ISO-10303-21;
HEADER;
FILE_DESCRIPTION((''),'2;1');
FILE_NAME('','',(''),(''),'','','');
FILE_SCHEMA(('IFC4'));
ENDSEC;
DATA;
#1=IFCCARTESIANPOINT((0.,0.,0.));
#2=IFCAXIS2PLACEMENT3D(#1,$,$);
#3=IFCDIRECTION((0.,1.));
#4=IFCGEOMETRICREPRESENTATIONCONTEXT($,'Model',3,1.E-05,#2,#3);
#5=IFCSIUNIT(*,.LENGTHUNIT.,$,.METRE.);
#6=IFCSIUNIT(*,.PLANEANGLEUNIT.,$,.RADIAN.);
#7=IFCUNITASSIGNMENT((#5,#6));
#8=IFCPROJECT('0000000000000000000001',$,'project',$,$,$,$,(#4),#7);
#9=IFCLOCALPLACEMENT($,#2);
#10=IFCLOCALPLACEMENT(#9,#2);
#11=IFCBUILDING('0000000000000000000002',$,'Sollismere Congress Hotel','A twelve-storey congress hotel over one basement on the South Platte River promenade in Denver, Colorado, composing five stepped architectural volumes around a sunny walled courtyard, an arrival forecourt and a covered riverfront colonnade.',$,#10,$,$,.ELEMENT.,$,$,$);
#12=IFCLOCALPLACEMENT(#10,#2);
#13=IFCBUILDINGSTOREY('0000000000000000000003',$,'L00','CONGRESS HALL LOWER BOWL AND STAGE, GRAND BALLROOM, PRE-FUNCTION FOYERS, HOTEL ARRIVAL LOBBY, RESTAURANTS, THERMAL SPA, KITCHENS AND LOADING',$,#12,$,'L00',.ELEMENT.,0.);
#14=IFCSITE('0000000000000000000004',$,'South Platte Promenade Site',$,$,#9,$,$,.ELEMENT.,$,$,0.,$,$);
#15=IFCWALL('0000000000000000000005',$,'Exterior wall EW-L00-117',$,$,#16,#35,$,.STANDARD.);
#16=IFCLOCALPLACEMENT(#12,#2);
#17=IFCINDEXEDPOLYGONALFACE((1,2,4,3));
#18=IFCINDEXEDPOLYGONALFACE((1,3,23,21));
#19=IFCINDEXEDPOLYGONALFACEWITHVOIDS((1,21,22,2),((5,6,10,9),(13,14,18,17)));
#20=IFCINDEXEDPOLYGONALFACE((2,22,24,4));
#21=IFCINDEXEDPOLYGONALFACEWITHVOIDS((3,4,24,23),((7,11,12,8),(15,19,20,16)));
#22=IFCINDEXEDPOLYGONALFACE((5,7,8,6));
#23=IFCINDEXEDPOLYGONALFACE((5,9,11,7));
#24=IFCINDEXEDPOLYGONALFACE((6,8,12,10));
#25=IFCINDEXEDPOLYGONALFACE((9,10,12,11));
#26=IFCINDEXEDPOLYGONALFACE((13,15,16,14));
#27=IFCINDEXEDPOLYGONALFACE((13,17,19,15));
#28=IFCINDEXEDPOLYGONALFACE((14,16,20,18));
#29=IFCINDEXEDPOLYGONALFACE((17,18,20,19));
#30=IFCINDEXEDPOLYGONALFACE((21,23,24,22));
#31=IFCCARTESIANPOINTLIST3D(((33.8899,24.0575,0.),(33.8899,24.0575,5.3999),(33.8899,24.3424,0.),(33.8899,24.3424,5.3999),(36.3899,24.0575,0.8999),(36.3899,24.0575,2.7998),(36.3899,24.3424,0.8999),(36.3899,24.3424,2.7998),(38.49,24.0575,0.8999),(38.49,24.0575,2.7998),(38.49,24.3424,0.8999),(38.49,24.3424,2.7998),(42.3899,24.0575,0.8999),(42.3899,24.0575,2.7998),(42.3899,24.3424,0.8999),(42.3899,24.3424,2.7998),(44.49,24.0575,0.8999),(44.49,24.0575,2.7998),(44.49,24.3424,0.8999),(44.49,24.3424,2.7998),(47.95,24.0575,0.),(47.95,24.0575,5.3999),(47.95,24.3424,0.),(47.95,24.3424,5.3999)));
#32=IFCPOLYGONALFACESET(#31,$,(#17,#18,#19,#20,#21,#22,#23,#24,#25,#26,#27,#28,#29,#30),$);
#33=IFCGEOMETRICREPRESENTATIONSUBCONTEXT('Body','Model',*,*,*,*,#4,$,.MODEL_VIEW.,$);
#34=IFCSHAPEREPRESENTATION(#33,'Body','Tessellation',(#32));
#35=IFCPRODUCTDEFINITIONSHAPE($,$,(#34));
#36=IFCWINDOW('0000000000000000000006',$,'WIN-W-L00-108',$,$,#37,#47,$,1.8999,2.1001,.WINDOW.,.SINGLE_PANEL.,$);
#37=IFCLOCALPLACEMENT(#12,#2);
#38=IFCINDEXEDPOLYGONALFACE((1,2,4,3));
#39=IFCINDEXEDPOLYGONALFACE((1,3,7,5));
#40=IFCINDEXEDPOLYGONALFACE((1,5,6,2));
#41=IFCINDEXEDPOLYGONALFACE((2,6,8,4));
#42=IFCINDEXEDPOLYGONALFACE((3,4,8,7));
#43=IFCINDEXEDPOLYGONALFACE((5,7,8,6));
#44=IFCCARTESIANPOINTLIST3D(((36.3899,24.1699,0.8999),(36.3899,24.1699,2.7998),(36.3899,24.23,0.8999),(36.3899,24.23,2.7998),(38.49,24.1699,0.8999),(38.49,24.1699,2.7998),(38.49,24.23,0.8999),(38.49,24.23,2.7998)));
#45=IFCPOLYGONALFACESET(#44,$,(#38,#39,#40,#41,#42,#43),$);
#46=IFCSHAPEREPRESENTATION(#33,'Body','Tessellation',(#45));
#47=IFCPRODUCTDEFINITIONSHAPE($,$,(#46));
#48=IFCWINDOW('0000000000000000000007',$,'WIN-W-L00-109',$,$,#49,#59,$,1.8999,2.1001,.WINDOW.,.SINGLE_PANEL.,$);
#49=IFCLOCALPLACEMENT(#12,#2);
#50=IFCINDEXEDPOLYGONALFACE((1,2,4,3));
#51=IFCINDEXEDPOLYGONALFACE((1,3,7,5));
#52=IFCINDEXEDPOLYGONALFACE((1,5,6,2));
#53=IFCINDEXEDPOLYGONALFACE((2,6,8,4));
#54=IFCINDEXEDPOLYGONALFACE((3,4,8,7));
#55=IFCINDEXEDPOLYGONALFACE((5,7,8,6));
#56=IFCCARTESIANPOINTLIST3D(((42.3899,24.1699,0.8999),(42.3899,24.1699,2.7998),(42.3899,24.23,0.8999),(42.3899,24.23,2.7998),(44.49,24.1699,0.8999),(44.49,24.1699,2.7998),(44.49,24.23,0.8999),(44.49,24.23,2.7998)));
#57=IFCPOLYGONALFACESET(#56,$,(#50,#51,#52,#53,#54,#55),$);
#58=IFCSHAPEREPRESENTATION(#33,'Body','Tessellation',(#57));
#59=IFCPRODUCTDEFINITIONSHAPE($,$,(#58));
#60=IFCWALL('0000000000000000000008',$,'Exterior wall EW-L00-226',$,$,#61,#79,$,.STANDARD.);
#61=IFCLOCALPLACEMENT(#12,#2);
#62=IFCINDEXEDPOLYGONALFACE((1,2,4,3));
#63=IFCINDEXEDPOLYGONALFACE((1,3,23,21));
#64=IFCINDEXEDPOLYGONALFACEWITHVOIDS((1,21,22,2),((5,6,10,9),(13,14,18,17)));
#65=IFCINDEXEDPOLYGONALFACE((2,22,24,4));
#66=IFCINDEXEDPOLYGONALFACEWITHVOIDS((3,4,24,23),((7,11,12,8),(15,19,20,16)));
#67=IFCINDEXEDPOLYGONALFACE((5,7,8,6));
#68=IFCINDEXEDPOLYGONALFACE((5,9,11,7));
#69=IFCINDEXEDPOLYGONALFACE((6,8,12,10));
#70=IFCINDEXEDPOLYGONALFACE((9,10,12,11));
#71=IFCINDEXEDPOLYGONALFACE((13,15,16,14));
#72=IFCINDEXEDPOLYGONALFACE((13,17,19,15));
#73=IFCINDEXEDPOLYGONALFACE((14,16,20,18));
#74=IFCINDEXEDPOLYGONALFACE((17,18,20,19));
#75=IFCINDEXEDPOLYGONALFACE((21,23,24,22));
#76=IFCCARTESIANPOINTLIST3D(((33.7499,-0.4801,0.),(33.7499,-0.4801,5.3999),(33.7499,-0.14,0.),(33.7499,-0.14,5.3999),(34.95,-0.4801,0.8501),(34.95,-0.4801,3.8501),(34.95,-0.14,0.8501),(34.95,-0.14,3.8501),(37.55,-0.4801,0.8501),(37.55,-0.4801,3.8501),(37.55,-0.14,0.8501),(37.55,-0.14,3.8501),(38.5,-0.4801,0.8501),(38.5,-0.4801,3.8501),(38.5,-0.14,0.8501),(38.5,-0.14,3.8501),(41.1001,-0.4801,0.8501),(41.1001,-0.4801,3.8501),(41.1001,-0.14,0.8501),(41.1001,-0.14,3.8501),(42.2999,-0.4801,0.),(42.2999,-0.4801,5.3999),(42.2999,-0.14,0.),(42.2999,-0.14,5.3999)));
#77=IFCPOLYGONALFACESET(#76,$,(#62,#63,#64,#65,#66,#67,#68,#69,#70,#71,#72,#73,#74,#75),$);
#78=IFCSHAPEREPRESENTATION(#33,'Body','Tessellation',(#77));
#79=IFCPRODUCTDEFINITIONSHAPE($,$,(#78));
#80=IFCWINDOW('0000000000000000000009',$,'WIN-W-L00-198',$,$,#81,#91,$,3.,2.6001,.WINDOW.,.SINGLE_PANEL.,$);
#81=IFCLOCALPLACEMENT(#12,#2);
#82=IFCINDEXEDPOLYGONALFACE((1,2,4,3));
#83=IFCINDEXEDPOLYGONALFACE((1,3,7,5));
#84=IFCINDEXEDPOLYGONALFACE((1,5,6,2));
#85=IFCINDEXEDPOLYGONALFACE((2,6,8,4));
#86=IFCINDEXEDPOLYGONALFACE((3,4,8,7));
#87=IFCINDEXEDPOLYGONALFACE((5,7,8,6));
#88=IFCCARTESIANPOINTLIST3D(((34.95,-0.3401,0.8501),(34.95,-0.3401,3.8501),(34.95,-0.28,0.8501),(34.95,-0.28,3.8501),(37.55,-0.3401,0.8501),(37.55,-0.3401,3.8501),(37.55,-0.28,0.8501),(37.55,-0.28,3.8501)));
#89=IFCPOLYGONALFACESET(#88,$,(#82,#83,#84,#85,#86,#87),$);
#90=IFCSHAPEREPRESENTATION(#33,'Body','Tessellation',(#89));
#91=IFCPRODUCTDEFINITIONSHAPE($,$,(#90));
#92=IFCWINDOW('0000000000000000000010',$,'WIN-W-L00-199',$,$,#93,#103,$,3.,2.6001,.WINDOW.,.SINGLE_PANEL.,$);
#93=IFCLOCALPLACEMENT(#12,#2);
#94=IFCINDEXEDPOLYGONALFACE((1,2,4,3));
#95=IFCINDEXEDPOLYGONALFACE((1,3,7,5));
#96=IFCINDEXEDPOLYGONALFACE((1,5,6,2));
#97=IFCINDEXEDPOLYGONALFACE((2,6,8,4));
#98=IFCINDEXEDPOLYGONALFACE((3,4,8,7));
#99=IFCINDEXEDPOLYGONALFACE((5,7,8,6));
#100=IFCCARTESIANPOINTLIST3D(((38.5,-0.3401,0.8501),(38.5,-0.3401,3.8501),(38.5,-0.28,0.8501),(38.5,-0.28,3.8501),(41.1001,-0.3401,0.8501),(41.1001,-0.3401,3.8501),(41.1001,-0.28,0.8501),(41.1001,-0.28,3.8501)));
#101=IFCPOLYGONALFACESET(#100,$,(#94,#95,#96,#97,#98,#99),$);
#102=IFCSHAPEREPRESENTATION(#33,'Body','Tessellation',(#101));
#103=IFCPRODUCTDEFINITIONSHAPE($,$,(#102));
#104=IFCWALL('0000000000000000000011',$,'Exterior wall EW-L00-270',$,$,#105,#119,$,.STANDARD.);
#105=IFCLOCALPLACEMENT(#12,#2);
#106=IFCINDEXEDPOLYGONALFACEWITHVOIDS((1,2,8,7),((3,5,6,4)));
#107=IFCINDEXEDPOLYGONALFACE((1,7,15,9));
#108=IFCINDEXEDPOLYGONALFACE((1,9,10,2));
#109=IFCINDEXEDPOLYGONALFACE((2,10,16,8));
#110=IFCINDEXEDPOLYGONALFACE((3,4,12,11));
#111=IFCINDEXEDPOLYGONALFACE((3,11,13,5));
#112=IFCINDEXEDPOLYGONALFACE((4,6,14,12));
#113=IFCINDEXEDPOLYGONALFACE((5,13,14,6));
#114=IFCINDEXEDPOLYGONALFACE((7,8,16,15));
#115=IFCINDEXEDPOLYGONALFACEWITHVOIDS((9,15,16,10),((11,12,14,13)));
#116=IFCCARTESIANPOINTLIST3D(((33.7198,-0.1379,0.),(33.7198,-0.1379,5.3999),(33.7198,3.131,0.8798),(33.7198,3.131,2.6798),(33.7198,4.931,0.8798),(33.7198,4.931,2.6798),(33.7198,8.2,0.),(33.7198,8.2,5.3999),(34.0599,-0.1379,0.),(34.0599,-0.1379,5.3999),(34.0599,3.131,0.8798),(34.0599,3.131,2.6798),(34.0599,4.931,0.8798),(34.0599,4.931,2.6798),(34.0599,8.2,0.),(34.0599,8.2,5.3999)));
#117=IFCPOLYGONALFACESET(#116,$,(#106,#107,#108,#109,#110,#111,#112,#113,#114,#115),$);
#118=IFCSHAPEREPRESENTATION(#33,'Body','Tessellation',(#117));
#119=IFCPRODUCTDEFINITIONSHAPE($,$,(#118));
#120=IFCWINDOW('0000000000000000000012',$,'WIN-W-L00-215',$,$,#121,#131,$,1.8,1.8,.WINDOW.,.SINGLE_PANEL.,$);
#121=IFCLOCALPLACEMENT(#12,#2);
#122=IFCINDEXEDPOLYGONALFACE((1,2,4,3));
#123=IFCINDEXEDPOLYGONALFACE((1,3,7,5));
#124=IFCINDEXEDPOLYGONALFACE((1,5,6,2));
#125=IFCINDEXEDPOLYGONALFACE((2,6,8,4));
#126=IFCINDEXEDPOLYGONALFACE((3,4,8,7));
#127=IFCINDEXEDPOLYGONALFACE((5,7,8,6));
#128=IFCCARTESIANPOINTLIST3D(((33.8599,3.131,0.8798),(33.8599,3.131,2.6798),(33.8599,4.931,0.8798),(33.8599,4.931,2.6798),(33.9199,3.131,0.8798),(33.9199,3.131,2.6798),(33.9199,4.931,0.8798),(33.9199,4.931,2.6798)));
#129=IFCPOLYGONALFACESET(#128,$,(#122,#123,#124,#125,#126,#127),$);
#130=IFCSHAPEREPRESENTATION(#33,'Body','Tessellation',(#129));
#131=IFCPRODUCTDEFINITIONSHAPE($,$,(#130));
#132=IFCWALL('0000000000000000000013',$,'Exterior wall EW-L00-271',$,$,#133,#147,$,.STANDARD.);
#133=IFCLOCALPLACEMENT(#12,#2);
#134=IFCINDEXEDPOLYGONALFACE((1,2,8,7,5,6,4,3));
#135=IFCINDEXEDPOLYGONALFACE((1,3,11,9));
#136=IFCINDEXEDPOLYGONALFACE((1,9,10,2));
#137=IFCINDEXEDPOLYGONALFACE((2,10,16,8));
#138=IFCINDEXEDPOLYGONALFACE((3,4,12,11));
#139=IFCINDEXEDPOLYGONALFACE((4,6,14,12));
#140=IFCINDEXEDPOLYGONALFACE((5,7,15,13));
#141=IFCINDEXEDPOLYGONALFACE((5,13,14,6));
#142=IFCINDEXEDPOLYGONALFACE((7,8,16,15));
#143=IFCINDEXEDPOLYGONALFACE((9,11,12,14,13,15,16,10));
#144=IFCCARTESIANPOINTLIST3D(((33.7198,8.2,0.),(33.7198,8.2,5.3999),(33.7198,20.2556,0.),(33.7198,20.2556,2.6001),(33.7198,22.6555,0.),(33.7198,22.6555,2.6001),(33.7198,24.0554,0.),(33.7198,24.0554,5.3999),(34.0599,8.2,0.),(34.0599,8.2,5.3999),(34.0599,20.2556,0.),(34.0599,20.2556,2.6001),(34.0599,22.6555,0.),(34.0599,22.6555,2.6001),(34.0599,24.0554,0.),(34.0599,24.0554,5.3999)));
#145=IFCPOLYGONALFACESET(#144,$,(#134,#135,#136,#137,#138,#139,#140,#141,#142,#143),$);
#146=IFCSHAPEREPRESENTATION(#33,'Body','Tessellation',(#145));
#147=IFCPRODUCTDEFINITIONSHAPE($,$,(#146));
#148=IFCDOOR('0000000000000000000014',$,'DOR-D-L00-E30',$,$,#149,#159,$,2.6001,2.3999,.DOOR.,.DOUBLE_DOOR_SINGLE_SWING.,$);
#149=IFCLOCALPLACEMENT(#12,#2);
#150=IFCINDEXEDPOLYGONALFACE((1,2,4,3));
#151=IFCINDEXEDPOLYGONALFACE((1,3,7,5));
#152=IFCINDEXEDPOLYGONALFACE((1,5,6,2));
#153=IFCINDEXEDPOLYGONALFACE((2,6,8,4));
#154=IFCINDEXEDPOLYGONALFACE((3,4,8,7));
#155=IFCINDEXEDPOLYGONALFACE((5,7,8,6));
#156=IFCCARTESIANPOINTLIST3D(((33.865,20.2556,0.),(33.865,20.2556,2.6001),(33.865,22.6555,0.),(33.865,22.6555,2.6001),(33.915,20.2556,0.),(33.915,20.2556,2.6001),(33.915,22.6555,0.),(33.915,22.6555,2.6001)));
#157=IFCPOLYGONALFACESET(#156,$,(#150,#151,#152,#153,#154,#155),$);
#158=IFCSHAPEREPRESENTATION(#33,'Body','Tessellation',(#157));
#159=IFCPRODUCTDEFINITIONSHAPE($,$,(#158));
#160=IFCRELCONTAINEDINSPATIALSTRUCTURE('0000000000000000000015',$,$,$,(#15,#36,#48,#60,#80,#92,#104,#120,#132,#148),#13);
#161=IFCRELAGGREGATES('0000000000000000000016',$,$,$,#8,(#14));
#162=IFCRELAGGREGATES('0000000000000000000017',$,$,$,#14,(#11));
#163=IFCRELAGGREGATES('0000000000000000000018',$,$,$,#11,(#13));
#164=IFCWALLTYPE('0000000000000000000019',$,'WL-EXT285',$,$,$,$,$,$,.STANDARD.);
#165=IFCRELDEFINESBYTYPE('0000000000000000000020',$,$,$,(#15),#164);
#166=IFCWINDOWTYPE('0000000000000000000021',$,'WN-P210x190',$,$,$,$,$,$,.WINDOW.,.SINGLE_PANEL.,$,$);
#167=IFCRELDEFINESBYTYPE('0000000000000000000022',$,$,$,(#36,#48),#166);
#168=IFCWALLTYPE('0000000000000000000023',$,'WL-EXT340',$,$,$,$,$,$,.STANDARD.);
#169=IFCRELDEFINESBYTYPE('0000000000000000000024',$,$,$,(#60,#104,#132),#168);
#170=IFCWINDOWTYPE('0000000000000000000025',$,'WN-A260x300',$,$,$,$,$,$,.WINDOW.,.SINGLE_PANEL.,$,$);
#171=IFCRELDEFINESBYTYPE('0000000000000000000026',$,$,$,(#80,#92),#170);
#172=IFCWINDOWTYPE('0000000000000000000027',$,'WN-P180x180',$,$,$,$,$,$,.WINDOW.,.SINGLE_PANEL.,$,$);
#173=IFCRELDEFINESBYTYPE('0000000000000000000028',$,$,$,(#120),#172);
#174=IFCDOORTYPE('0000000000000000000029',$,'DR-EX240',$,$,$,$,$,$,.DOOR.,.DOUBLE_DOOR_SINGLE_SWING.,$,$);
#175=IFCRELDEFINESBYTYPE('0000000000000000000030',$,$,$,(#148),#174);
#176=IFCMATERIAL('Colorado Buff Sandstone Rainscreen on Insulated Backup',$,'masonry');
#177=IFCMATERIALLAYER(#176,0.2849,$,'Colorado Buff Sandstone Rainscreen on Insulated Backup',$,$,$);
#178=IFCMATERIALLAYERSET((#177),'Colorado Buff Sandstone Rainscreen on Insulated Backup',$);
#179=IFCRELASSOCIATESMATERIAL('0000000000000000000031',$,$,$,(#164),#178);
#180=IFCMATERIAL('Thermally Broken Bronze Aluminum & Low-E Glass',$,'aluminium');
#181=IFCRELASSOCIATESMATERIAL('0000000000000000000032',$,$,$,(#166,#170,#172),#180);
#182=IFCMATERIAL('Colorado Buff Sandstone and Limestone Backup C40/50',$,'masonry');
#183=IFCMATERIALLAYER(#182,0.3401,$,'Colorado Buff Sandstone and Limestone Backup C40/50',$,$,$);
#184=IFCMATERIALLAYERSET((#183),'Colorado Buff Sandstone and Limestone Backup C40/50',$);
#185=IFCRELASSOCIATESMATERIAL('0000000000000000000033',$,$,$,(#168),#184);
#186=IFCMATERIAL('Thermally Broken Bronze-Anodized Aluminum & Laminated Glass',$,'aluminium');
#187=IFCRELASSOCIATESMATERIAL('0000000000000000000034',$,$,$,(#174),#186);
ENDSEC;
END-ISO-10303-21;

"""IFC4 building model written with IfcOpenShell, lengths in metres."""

from ifc_helpers import new_model, si_unit, direction, frame, frame_2d, origin, place, context, subcontext, project, spatial, rectangle, extrude, material, layer, layer_set, type_object, element, fill, save


model = new_model("IFC4")

# Units and contexts
model_context = context("Model", 3, precision=1e-05, world=origin(), true_north=direction((0.0, 1.0)))
body_context = subcontext(model_context, "Body", "Model", "MODEL_VIEW")
ifc_project = project(units=[si_unit("LENGTHUNIT", "METRE"), si_unit("PLANEANGLEUNIT", "RADIAN")], contexts=[model_context])

# Site, building, storey
site_placement = place(None, origin())
site = spatial("IfcSite", under=ifc_project, at=site_placement, Name="South Platte Promenade Site", CompositionType="ELEMENT", RefElevation=0.0)
building_placement = place(site_placement, origin())
building = spatial("IfcBuilding", under=site, at=building_placement, Name="Sollismere Congress Hotel", Description="A twelve-storey congress hotel over one basement on the South Platte River promenade in Denver, Colorado, composing five stepped architectural volumes around a sunny walled courtyard, an arrival forecourt and a covered riverfront colonnade.", CompositionType="ELEMENT")
storey_placement = place(building_placement, origin())
storey = spatial("IfcBuildingStorey", under=building, at=storey_placement, Name="L00", Description="CONGRESS HALL LOWER BOWL AND STAGE, GRAND BALLROOM, PRE-FUNCTION FOYERS, HOTEL ARRIVAL LOBBY, RESTAURANTS, THERMAL SPA, KITCHENS AND LOADING", LongName="L00", CompositionType="ELEMENT", Elevation=0.0)

# Walls, openings, windows
ifc_material_1 = material(Name="Colorado Buff Sandstone Rainscreen on Insulated Backup", Category="masonry")
ifc_layer_1 = layer(ifc_material_1, 0.2849, Name="Colorado Buff Sandstone Rainscreen on Insulated Backup")
ifc_layer_set_1 = layer_set([ifc_layer_1], Name="Colorado Buff Sandstone Rainscreen on Insulated Backup")
wall_type_1 = type_object("IfcWallType", Name="WL-EXT285", PredefinedType="STANDARD", material=ifc_layer_set_1)
wall_1_placement = place(storey_placement, frame((33.8899, 24.2, 0.0), z_axis=(0.0, 0.0, 1.0), x_axis=(1.0, 0.0, 0.0)))
wall_1 = element("IfcWall", 1, at=wall_1_placement, inside=storey, type_object=wall_type_1, Name="Exterior wall EW-L00-117", PredefinedType="STANDARD", context=body_context, shape_type="SweptSolid", body=[
    extrude(rectangle(XDim=14.0601, YDim=0.2849, at=frame_2d((7.03, 0.0))), origin(), (0.0, 0.0, 1.0), 5.3999),
])
opening_1_placement = place(wall_1_placement, frame((2.5, 0.0, 0.8999)))
opening_1 = element("IfcOpeningElement", 2, at=opening_1_placement, cuts=wall_1, PredefinedType="OPENING", context=body_context, shape_type="SweptSolid", body=[
    extrude(rectangle(XDim=2.1001, YDim=1.8999, at=frame_2d((1.05, 0.95))), frame((0.0, 0.1523, 0.0), z_axis=(0.0, -1.0, 0.0), x_axis=(1.0, 0.0, 0.0)), (0.0, 0.0, 1.0), 0.3049),
])
opening_2_placement = place(wall_1_placement, frame((8.5, 0.0, 0.8999)))
opening_2 = element("IfcOpeningElement", 3, at=opening_2_placement, cuts=wall_1, PredefinedType="OPENING", context=body_context, shape_type="SweptSolid", body=[
    extrude(rectangle(XDim=2.1001, YDim=1.8999, at=frame_2d((1.05, 0.95))), frame((0.0, 0.1523, 0.0), z_axis=(0.0, -1.0, 0.0), x_axis=(1.0, 0.0, 0.0)), (0.0, 0.0, 1.0), 0.3049),
])
ifc_material_2 = material(Name="Thermally Broken Bronze Aluminum & Low-E Glass", Category="aluminium")
window_type_1 = type_object("IfcWindowType", Name="WN-P210x190", PartitioningType="SINGLE_PANEL", PredefinedType="WINDOW", material=ifc_material_2)
window_1_placement = place(opening_1_placement, origin())
window_1 = element("IfcWindow", 4, at=window_1_placement, inside=storey, type_object=window_type_1, Name="WIN-W-L00-108", OverallHeight=1.8999, OverallWidth=2.1001, PartitioningType="SINGLE_PANEL", PredefinedType="WINDOW", context=body_context, shape_type="SweptSolid", body=[
    extrude(rectangle(XDim=2.1001, YDim=1.8999, at=frame_2d((1.05, 0.95))), frame((0.0, 0.03, 0.0), z_axis=(0.0, -1.0, 0.0), x_axis=(1.0, 0.0, 0.0)), (0.0, 0.0, 1.0), 0.0601),
])
fill(opening_1, window_1)
window_2_placement = place(opening_2_placement, origin())
window_2 = element("IfcWindow", 5, at=window_2_placement, inside=storey, type_object=window_type_1, Name="WIN-W-L00-109", OverallHeight=1.8999, OverallWidth=2.1001, PartitioningType="SINGLE_PANEL", PredefinedType="WINDOW", context=body_context, shape_type="SweptSolid", body=[
    extrude(rectangle(XDim=2.1001, YDim=1.8999, at=frame_2d((1.05, 0.95))), frame((0.0, 0.03, 0.0), z_axis=(0.0, -1.0, 0.0), x_axis=(1.0, 0.0, 0.0)), (0.0, 0.0, 1.0), 0.0601),
])
fill(opening_2, window_2)
ifc_material_3 = material(Name="Colorado Buff Sandstone and Limestone Backup C40/50", Category="masonry")
ifc_layer_2 = layer(ifc_material_3, 0.3401, Name="Colorado Buff Sandstone and Limestone Backup C40/50")
ifc_layer_set_2 = layer_set([ifc_layer_2], Name="Colorado Buff Sandstone and Limestone Backup C40/50")
wall_type_2 = type_object("IfcWallType", Name="WL-EXT340", PredefinedType="STANDARD", material=ifc_layer_set_2)
wall_2_placement = place(storey_placement, frame((33.75, -0.3101, 0.0), z_axis=(0.0, 0.0, 1.0), x_axis=(1.0, 0.0, 0.0)))
wall_2 = element("IfcWall", 6, at=wall_2_placement, inside=storey, type_object=wall_type_2, Name="Exterior wall EW-L00-226", PredefinedType="STANDARD", context=body_context, shape_type="SweptSolid", body=[
    extrude(rectangle(XDim=8.55, YDim=0.3401, at=frame_2d((4.2749, 0.0))), origin(), (0.0, 0.0, 1.0), 5.3999),
])
opening_3_placement = place(wall_2_placement, frame((1.2, 0.0, 0.8501)))
opening_3 = element("IfcOpeningElement", 7, at=opening_3_placement, cuts=wall_2, PredefinedType="OPENING", context=body_context, shape_type="SweptSolid", body=[
    extrude(rectangle(XDim=2.6001, YDim=3.0, at=frame_2d((1.3, 1.5))), frame((0.0, 0.1799, 0.0), z_axis=(0.0, -1.0, 0.0), x_axis=(1.0, 0.0, 0.0)), (0.0, 0.0, 1.0), 0.3601),
])
opening_4_placement = place(wall_2_placement, frame((4.75, 0.0, 0.8501)))
opening_4 = element("IfcOpeningElement", 8, at=opening_4_placement, cuts=wall_2, PredefinedType="OPENING", context=body_context, shape_type="SweptSolid", body=[
    extrude(rectangle(XDim=2.6001, YDim=3.0, at=frame_2d((1.3, 1.5))), frame((0.0, 0.1799, 0.0), z_axis=(0.0, -1.0, 0.0), x_axis=(1.0, 0.0, 0.0)), (0.0, 0.0, 1.0), 0.3601),
])
window_type_2 = type_object("IfcWindowType", Name="WN-A260x300", PartitioningType="SINGLE_PANEL", PredefinedType="WINDOW", material=ifc_material_2)
window_3_placement = place(opening_3_placement, origin())
window_3 = element("IfcWindow", 9, at=window_3_placement, inside=storey, type_object=window_type_2, Name="WIN-W-L00-198", OverallHeight=3.0, OverallWidth=2.6001, PartitioningType="SINGLE_PANEL", PredefinedType="WINDOW", context=body_context, shape_type="SweptSolid", body=[
    extrude(rectangle(XDim=2.6001, YDim=3.0, at=frame_2d((1.3, 1.5))), frame((0.0, 0.03, 0.0), z_axis=(0.0, -1.0, 0.0), x_axis=(1.0, 0.0, 0.0)), (0.0, 0.0, 1.0), 0.0601),
])
fill(opening_3, window_3)
window_4_placement = place(opening_4_placement, origin())
window_4 = element("IfcWindow", 10, at=window_4_placement, inside=storey, type_object=window_type_2, Name="WIN-W-L00-199", OverallHeight=3.0, OverallWidth=2.6001, PartitioningType="SINGLE_PANEL", PredefinedType="WINDOW", context=body_context, shape_type="SweptSolid", body=[
    extrude(rectangle(XDim=2.6001, YDim=3.0, at=frame_2d((1.3, 1.5))), frame((0.0, 0.03, 0.0), z_axis=(0.0, -1.0, 0.0), x_axis=(1.0, 0.0, 0.0)), (0.0, 0.0, 1.0), 0.0601),
])
fill(opening_4, window_4)

# Wall, opening, window
wall_3_placement = place(storey_placement, frame((33.8899, 8.2, 0.0), z_axis=(0.0, 0.0, 1.0), x_axis=(0.0, -1.0, 0.0)))
wall_3 = element("IfcWall", 11, at=wall_3_placement, inside=storey, type_object=wall_type_2, Name="Exterior wall EW-L00-270", PredefinedType="STANDARD", context=body_context, shape_type="SweptSolid", body=[
    extrude(rectangle(XDim=8.3379, YDim=0.3401, at=frame_2d((4.1689, 0.0))), origin(), (0.0, 0.0, 1.0), 5.3999),
])
opening_5_placement = place(wall_3_placement, frame((3.269, 0.0, 0.8799)))
opening_5 = element("IfcOpeningElement", 12, at=opening_5_placement, cuts=wall_3, PredefinedType="OPENING", context=body_context, shape_type="SweptSolid", body=[
    extrude(rectangle(XDim=1.8, YDim=1.8, at=frame_2d((0.8999, 0.8999))), frame((0.0, 0.1799, 0.0), z_axis=(0.0, -1.0, 0.0), x_axis=(1.0, 0.0, 0.0)), (0.0, 0.0, 1.0), 0.3601),
])
window_type_3 = type_object("IfcWindowType", Name="WN-P180x180", PartitioningType="SINGLE_PANEL", PredefinedType="WINDOW", material=ifc_material_2)
window_5_placement = place(opening_5_placement, origin())
window_5 = element("IfcWindow", 13, at=window_5_placement, inside=storey, type_object=window_type_3, Name="WIN-W-L00-215", OverallHeight=1.8, OverallWidth=1.8, PartitioningType="SINGLE_PANEL", PredefinedType="WINDOW", context=body_context, shape_type="SweptSolid", body=[
    extrude(rectangle(XDim=1.8, YDim=1.8, at=frame_2d((0.8999, 0.8999))), frame((0.0, 0.03, 0.0), z_axis=(0.0, -1.0, 0.0), x_axis=(1.0, 0.0, 0.0)), (0.0, 0.0, 1.0), 0.0601),
])
fill(opening_5, window_5)

# Wall, opening, door
wall_4_placement = place(storey_placement, frame((33.8899, 24.0554, 0.0), z_axis=(0.0, 0.0, 1.0), x_axis=(0.0, -1.0, 0.0)))
wall_4 = element("IfcWall", 14, at=wall_4_placement, inside=storey, type_object=wall_type_2, Name="Exterior wall EW-L00-271", PredefinedType="STANDARD", context=body_context, shape_type="SweptSolid", body=[
    extrude(rectangle(XDim=15.8555, YDim=0.3401, at=frame_2d((7.9277, 0.0))), origin(), (0.0, 0.0, 1.0), 5.3999),
])
opening_6_placement = place(wall_4_placement, frame((1.3999, 0.0, 0.0)))
opening_6 = element("IfcOpeningElement", 15, at=opening_6_placement, cuts=wall_4, PredefinedType="OPENING", context=body_context, shape_type="SweptSolid", body=[
    extrude(rectangle(XDim=2.3999, YDim=2.6001, at=frame_2d((1.2, 1.3))), frame((0.0, 0.1799, 0.0), z_axis=(0.0, -1.0, 0.0), x_axis=(1.0, 0.0, 0.0)), (0.0, 0.0, 1.0), 0.3601),
])
ifc_material_4 = material(Name="Thermally Broken Bronze-Anodized Aluminum & Laminated Glass", Category="aluminium")
door_type = type_object("IfcDoorType", Name="DR-EX240", OperationType="DOUBLE_DOOR_SINGLE_SWING", PredefinedType="DOOR", material=ifc_material_4)
door_placement = place(opening_6_placement, frame((2.3999, 0.0, 0.0), z_axis=(0.0, 0.0, 1.0), x_axis=(-1.0, 0.0, 0.0)))
door = element("IfcDoor", 16, at=door_placement, inside=storey, type_object=door_type, Name="DOR-D-L00-E30", OperationType="DOUBLE_DOOR_SINGLE_SWING", OverallHeight=2.6001, OverallWidth=2.3999, PredefinedType="DOOR", context=body_context, shape_type="SweptSolid", body=[
    extrude(rectangle(XDim=2.3999, YDim=2.6001, at=frame_2d((1.2, 1.3))), frame((0.0, 0.0249, 0.0), z_axis=(0.0, -1.0, 0.0), x_axis=(1.0, 0.0, 0.0)), (0.0, 0.0, 1.0), 0.05),
])
fill(opening_6, door)

save(model, "model.ifc")
